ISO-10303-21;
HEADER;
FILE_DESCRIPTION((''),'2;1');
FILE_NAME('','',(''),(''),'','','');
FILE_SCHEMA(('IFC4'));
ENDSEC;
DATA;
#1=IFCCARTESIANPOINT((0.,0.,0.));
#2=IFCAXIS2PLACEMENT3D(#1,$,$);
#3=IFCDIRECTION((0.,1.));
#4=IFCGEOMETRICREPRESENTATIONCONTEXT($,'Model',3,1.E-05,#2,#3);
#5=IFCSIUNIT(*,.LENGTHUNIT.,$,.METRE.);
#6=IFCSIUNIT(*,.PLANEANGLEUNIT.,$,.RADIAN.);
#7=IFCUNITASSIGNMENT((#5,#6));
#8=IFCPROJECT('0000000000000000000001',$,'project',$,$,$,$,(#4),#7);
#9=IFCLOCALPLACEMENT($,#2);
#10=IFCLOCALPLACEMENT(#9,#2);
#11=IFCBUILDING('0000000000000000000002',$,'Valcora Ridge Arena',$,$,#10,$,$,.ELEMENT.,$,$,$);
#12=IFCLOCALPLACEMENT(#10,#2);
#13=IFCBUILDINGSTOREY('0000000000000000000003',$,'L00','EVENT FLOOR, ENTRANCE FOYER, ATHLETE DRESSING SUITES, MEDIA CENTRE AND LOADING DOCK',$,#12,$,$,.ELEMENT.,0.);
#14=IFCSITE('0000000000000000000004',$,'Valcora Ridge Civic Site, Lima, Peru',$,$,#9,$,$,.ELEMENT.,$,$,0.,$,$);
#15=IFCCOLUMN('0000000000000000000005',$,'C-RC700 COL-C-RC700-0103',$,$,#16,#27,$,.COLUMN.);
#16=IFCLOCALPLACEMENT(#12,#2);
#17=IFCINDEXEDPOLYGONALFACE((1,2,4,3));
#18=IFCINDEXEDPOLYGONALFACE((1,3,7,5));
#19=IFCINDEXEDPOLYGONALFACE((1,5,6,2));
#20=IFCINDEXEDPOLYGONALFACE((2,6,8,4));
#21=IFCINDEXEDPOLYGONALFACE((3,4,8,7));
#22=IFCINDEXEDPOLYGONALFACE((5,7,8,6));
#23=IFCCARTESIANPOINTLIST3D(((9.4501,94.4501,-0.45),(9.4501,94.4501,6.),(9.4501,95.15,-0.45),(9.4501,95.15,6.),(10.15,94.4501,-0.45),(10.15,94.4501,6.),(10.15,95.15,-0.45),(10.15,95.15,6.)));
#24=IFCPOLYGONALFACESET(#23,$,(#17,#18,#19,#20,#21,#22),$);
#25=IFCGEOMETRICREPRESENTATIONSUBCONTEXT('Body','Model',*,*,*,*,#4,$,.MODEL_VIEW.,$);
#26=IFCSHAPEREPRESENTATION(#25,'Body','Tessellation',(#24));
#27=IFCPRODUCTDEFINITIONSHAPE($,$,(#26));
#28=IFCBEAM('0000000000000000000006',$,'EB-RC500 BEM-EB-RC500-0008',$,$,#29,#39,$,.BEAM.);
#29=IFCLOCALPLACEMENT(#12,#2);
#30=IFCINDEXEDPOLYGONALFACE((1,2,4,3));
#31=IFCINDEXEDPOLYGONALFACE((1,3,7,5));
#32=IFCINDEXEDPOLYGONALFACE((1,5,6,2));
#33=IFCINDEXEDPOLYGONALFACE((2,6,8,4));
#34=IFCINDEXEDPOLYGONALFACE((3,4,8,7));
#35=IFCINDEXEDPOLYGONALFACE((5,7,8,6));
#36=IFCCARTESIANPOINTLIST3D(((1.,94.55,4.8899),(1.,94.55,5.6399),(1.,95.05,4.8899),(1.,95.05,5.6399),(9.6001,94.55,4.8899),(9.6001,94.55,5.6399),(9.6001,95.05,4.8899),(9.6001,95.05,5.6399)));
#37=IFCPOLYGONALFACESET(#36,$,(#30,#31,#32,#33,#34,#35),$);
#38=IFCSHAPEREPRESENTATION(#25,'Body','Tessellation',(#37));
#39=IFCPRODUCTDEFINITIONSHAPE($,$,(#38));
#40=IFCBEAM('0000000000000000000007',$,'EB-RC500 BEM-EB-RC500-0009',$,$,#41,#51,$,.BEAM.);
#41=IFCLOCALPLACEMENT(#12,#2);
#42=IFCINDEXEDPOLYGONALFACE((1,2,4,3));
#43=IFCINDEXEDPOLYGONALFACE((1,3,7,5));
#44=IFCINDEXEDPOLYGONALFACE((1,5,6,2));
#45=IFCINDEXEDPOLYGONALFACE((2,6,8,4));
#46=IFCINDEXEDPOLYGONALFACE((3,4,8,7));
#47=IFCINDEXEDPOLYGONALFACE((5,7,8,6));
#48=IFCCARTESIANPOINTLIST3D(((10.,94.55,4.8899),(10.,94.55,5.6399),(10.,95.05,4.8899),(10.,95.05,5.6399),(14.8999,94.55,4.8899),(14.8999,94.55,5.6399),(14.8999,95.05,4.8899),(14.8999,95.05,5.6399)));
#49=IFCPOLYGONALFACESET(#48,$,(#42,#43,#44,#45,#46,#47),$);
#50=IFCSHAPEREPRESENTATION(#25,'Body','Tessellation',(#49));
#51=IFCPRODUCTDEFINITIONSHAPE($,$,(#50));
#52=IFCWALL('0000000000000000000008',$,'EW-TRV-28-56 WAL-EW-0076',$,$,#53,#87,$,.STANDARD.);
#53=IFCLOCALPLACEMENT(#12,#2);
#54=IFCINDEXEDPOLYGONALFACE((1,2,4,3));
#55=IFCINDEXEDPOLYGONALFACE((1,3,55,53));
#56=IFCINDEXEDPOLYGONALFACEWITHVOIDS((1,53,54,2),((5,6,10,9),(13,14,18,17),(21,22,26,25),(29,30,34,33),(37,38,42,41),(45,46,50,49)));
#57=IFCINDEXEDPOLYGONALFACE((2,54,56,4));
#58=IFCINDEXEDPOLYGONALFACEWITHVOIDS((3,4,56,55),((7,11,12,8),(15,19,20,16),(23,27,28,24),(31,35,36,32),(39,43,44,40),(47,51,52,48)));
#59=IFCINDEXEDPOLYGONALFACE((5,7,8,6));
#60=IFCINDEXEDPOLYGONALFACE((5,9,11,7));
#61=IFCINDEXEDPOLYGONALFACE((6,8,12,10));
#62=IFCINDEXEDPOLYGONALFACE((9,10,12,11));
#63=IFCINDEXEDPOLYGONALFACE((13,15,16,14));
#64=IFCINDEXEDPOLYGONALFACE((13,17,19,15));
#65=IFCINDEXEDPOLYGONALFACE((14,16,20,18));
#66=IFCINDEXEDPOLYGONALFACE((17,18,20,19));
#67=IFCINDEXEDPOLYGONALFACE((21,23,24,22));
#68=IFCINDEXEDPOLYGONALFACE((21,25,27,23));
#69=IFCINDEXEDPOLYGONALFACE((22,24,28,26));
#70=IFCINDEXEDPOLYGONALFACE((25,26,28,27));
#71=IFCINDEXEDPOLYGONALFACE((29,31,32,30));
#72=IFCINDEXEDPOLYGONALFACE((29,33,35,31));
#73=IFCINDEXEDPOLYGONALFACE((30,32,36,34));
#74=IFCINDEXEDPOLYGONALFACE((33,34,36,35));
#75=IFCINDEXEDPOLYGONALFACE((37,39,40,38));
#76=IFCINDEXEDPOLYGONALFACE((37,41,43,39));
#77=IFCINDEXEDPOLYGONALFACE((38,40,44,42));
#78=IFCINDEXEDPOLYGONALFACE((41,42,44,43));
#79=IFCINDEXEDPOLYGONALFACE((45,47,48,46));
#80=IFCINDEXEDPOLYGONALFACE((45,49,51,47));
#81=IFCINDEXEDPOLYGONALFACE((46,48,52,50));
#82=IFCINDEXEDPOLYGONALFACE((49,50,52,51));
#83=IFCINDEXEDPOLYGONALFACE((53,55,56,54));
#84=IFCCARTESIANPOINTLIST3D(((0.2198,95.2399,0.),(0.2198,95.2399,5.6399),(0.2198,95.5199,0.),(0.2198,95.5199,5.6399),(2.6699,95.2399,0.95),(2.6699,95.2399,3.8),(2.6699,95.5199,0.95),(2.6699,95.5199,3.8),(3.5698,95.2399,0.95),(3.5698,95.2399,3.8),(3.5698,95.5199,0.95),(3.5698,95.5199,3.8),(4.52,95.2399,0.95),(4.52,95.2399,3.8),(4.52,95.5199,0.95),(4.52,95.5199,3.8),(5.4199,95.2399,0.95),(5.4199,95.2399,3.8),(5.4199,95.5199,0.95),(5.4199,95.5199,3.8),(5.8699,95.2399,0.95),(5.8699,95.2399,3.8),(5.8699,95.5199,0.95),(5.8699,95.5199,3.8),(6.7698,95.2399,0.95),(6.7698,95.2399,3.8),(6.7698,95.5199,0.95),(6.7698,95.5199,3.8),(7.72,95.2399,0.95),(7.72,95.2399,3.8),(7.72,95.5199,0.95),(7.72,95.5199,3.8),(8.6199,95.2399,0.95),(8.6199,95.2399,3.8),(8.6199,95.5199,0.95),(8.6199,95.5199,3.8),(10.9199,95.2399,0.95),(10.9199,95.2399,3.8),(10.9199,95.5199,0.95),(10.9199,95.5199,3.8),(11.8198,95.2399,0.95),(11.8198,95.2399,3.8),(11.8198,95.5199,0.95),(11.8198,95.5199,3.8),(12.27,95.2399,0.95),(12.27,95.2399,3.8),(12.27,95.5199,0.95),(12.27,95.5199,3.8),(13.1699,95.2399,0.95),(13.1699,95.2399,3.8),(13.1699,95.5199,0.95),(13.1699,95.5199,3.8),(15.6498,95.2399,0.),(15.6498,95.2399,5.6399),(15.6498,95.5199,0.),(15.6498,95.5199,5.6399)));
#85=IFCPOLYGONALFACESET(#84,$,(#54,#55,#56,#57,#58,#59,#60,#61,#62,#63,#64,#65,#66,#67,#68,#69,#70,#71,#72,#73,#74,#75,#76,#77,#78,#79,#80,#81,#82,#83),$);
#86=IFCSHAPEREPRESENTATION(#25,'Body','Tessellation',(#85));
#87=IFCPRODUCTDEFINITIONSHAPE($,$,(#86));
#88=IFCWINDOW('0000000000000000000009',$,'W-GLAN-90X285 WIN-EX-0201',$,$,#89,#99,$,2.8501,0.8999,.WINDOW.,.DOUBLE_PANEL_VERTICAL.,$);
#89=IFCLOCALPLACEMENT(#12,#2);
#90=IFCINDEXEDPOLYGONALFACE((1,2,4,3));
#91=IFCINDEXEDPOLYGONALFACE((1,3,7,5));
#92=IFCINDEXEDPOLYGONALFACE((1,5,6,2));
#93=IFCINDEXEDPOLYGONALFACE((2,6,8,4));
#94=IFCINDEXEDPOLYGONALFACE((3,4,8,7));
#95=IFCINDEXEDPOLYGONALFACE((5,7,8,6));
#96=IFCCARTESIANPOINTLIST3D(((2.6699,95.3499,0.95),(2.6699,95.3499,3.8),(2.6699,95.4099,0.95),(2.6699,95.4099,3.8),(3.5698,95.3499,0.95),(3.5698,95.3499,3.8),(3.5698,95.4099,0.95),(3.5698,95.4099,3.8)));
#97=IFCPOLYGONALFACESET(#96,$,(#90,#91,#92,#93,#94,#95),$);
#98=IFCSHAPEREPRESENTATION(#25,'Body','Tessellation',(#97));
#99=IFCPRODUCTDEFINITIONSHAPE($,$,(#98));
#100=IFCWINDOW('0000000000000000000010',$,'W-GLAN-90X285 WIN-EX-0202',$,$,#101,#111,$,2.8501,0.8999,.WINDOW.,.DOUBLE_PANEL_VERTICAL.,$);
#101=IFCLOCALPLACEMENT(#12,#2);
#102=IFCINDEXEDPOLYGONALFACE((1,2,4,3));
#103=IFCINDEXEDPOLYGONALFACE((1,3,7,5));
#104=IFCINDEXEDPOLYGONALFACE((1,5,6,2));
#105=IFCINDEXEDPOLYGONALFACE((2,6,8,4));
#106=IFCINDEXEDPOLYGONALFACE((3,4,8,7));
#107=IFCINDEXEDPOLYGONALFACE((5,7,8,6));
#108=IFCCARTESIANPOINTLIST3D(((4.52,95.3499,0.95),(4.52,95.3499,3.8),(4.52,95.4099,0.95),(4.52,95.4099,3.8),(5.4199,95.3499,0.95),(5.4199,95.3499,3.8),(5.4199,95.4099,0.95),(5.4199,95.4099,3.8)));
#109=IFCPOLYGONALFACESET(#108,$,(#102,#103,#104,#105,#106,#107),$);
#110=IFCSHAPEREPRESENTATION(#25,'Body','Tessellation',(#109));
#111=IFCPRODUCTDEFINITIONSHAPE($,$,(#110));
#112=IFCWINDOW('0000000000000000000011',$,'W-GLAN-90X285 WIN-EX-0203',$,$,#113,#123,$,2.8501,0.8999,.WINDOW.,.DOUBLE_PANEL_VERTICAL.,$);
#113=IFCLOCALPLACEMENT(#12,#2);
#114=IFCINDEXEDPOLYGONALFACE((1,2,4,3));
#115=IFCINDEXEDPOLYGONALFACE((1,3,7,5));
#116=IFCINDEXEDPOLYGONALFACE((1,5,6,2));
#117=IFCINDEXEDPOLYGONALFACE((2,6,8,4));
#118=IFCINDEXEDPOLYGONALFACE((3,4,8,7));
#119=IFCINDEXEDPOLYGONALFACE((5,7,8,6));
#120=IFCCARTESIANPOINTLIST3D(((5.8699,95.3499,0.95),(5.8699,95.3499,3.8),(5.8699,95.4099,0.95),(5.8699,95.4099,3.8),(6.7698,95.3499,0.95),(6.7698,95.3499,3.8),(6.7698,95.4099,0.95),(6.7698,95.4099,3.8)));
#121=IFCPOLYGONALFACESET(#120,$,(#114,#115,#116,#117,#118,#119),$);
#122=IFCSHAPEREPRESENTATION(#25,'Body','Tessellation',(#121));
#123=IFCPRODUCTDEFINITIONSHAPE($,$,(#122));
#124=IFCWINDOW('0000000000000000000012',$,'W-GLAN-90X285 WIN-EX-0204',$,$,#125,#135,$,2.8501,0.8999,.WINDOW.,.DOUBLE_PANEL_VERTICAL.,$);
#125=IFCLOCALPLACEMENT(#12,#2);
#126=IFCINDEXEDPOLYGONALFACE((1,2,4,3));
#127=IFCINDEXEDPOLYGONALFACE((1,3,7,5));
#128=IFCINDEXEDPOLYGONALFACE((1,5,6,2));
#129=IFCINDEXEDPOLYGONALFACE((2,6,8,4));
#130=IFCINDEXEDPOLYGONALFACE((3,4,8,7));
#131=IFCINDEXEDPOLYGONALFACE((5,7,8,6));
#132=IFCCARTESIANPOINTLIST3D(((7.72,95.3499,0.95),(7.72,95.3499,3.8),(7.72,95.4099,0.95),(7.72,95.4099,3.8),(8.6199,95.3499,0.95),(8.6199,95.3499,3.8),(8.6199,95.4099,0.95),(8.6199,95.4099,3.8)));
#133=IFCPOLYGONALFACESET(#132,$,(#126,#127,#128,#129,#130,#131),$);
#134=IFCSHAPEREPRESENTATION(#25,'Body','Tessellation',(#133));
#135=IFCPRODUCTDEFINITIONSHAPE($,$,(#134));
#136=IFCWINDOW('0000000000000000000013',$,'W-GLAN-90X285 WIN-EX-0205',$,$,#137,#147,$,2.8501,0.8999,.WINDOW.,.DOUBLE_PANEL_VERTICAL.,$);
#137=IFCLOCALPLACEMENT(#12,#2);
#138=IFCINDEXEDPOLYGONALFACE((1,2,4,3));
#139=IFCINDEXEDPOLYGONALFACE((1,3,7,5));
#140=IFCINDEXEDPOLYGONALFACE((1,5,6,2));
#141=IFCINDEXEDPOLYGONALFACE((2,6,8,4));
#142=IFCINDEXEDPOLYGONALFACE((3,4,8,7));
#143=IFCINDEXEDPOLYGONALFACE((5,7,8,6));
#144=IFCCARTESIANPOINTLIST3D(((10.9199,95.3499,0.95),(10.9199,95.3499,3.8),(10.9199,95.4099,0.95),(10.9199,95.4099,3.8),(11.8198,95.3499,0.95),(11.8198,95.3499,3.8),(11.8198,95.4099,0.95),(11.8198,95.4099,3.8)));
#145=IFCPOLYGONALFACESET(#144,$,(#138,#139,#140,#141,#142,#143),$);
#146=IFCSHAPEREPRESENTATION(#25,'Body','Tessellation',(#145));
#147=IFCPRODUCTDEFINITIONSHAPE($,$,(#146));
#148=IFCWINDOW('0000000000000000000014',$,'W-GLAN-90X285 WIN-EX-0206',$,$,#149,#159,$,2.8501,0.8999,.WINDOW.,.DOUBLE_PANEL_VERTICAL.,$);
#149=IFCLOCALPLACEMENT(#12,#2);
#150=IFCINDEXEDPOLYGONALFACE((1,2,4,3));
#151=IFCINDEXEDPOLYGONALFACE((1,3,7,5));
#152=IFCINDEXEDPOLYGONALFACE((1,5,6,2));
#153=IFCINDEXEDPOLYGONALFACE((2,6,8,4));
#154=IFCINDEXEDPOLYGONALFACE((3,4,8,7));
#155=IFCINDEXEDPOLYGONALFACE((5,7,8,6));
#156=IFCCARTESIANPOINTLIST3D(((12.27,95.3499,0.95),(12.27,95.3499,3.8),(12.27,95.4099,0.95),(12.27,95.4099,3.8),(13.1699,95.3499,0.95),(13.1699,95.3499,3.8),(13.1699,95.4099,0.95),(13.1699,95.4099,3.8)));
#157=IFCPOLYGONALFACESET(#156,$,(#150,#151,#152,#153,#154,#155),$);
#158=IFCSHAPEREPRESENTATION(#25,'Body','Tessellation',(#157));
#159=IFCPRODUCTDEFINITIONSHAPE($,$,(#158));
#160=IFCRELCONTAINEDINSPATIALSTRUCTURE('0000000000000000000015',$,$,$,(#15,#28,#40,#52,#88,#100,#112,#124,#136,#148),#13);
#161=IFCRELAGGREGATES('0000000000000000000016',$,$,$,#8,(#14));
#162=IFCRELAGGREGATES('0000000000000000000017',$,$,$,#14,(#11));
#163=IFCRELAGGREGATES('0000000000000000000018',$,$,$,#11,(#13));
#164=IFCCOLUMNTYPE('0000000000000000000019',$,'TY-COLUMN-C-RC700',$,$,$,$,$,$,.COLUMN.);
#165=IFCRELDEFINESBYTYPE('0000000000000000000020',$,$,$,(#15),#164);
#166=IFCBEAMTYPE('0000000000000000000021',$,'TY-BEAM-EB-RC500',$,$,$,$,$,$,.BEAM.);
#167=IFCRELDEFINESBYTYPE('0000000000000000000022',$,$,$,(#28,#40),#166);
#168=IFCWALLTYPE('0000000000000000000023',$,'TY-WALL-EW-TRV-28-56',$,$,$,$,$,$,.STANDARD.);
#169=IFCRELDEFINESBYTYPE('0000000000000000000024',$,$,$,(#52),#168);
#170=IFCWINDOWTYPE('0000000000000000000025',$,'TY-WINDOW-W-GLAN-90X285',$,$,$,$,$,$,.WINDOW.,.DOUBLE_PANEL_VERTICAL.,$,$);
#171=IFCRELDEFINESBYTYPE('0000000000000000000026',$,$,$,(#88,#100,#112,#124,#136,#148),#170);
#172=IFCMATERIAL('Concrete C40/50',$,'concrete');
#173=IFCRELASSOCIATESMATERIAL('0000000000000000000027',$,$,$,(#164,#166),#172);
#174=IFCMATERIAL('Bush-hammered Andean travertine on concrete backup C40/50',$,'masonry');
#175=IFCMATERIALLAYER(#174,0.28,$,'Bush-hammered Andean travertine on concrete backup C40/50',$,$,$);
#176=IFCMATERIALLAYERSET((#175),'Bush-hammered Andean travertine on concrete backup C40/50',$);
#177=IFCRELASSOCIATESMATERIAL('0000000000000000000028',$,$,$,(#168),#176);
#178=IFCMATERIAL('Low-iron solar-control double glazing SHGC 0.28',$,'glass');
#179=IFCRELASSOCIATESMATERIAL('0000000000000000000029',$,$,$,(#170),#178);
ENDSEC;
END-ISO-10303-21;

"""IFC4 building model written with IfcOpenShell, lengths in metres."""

from ifc_helpers import new_model, si_unit, direction, frame, frame_2d, origin, origin_2d, place, context, subcontext, project, spatial, rectangle, extrude, material, layer, layer_set, material_profile, profile_set, type_object, element, fill, save


model = new_model("IFC4")

# Units and contexts
model_context = context("Model", 3, precision=1e-05, world=origin(), true_north=direction((0.0, 1.0)))
body_context = subcontext(model_context, "Body", "Model", "MODEL_VIEW")
ifc_project = project(units=[si_unit("LENGTHUNIT", "METRE"), si_unit("PLANEANGLEUNIT", "RADIAN")], contexts=[model_context])

# Site, building, storey
site_placement = place(None, origin())
site = spatial("IfcSite", under=ifc_project, at=site_placement, Name="Valcora Ridge Civic Site, Lima, Peru", CompositionType="ELEMENT", RefElevation=0.0)
building_placement = place(site_placement, origin())
building = spatial("IfcBuilding", under=site, at=building_placement, Name="Valcora Ridge Arena", CompositionType="ELEMENT")
storey_placement = place(building_placement, origin())
storey = spatial("IfcBuildingStorey", under=building, at=storey_placement, Name="L00", Description="EVENT FLOOR, ENTRANCE FOYER, ATHLETE DRESSING SUITES, MEDIA CENTRE AND LOADING DOCK", CompositionType="ELEMENT", Elevation=0.0)

# Shared definitions
ifc_material_1 = material(Name="Concrete C40/50", Category="concrete")

# Column
ifc_material_profile_1 = material_profile(ifc_material_1, rectangle(XDim=0.7, YDim=0.7, at=origin_2d()), Name="RC 700x700")
ifc_profile_set_1 = profile_set([ifc_material_profile_1], Name="Concrete C40/50")
column_type_1 = type_object("IfcColumnType", Name="TY-COLUMN-C-RC700", PredefinedType="COLUMN", material=ifc_profile_set_1)
for number, where, z_axis, x_axis, name in (
    (1, (9.8, 94.8, -0.45), (0.0, 0.0, 1.0), (1.0, 0.0, 0.0), "C-RC700 COL-C-RC700-0103"),
):
    element("IfcColumn", number, at=place(storey_placement, frame(where, z_axis=z_axis, x_axis=x_axis)), inside=storey, type_object=column_type_1, Name=name, PredefinedType="COLUMN", context=body_context, shape_type="SweptSolid", body=[
        extrude(rectangle(XDim=0.7, YDim=0.7, at=origin_2d()), origin(), (0.0, 0.0, 1.0), 6.45),
    ])

# Beams
ifc_material_profile_2 = material_profile(ifc_material_1, rectangle(XDim=0.5, YDim=0.75, at=origin_2d()), Name="RC 500x750")
ifc_profile_set_2 = profile_set([ifc_material_profile_2], Name="Concrete C40/50")
beam_type = type_object("IfcBeamType", Name="TY-BEAM-EB-RC500", PredefinedType="BEAM", material=ifc_profile_set_2)
beam_1_placement = place(storey_placement, frame((1.0, 94.8, 5.2649), z_axis=(1.0, 0.0, 0.0), x_axis=(0.0, 1.0, 0.0)))
element("IfcBeam", 2, at=beam_1_placement, inside=storey, type_object=beam_type, Name="EB-RC500 BEM-EB-RC500-0008", PredefinedType="BEAM", context=body_context, shape_type="SweptSolid", body=[
    extrude(rectangle(XDim=0.5, YDim=0.75, at=origin_2d()), origin(), (0.0, 0.0, 1.0), 8.6001),
])
beam_2_placement = place(storey_placement, frame((10.0, 94.8, 5.2649), z_axis=(1.0, 0.0, 0.0), x_axis=(0.0, 1.0, 0.0)))
element("IfcBeam", 3, at=beam_2_placement, inside=storey, type_object=beam_type, Name="EB-RC500 BEM-EB-RC500-0009", PredefinedType="BEAM", context=body_context, shape_type="SweptSolid", body=[
    extrude(rectangle(XDim=0.5, YDim=0.75, at=origin_2d()), origin(), (0.0, 0.0, 1.0), 4.8999),
])

# Wall, openings, windows
ifc_material_2 = material(Name="Bush-hammered Andean travertine on concrete backup C40/50", Category="masonry")
ifc_layer_1 = layer(ifc_material_2, 0.28, Name="Bush-hammered Andean travertine on concrete backup C40/50")
ifc_layer_set_1 = layer_set([ifc_layer_1], Name="Bush-hammered Andean travertine on concrete backup C40/50")
wall_type_1 = type_object("IfcWallType", Name="TY-WALL-EW-TRV-28-56", PredefinedType="STANDARD", material=ifc_layer_set_1)
wall_1_placement = place(storey_placement, frame((0.22, 95.3799, 0.0), z_axis=(0.0, 0.0, 1.0), x_axis=(1.0, 0.0, 0.0)))
wall_1 = element("IfcWall", 4, at=wall_1_placement, inside=storey, type_object=wall_type_1, Name="EW-TRV-28-56 WAL-EW-0076", PredefinedType="STANDARD", context=body_context, shape_type="SweptSolid", body=[
    extrude(rectangle(XDim=15.4299, YDim=0.28, at=frame_2d((7.7148, 0.0))), origin(), (0.0, 0.0, 1.0), 5.6399),
])
opening_1_placement = place(wall_1_placement, frame((2.45, 0.0, 0.95)))
opening_1 = element("IfcOpeningElement", 5, at=opening_1_placement, cuts=wall_1, PredefinedType="OPENING", context=body_context, shape_type="SweptSolid", body=[
    extrude(rectangle(XDim=0.8999, YDim=2.8501, at=frame_2d((0.45, 1.425))), frame((0.0, 0.1499, 0.0), z_axis=(0.0, -1.0, 0.0), x_axis=(1.0, 0.0, 0.0)), (0.0, 0.0, 1.0), 0.3),
])
opening_2_placement = place(wall_1_placement, frame((4.3, 0.0, 0.95)))
opening_2 = element("IfcOpeningElement", 6, at=opening_2_placement, cuts=wall_1, PredefinedType="OPENING", context=body_context, shape_type="SweptSolid", body=[
    extrude(rectangle(XDim=0.8999, YDim=2.8501, at=frame_2d((0.45, 1.425))), frame((0.0, 0.1499, 0.0), z_axis=(0.0, -1.0, 0.0), x_axis=(1.0, 0.0, 0.0)), (0.0, 0.0, 1.0), 0.3),
])
opening_3_placement = place(wall_1_placement, frame((5.6499, 0.0, 0.95)))
opening_3 = element("IfcOpeningElement", 7, at=opening_3_placement, cuts=wall_1, PredefinedType="OPENING", context=body_context, shape_type="SweptSolid", body=[
    extrude(rectangle(XDim=0.8999, YDim=2.8501, at=frame_2d((0.45, 1.425))), frame((0.0, 0.1499, 0.0), z_axis=(0.0, -1.0, 0.0), x_axis=(1.0, 0.0, 0.0)), (0.0, 0.0, 1.0), 0.3),
])
opening_4_placement = place(wall_1_placement, frame((7.5, 0.0, 0.95)))
opening_4 = element("IfcOpeningElement", 8, at=opening_4_placement, cuts=wall_1, PredefinedType="OPENING", context=body_context, shape_type="SweptSolid", body=[
    extrude(rectangle(XDim=0.8999, YDim=2.8501, at=frame_2d((0.45, 1.425))), frame((0.0, 0.1499, 0.0), z_axis=(0.0, -1.0, 0.0), x_axis=(1.0, 0.0, 0.0)), (0.0, 0.0, 1.0), 0.3),
])
opening_5_placement = place(wall_1_placement, frame((10.7, 0.0, 0.95)))
opening_5 = element("IfcOpeningElement", 9, at=opening_5_placement, cuts=wall_1, PredefinedType="OPENING", context=body_context, shape_type="SweptSolid", body=[
    extrude(rectangle(XDim=0.8999, YDim=2.8501, at=frame_2d((0.45, 1.425))), frame((0.0, 0.1499, 0.0), z_axis=(0.0, -1.0, 0.0), x_axis=(1.0, 0.0, 0.0)), (0.0, 0.0, 1.0), 0.3),
])
opening_6_placement = place(wall_1_placement, frame((12.05, 0.0, 0.95)))
opening_6 = element("IfcOpeningElement", 10, at=opening_6_placement, cuts=wall_1, PredefinedType="OPENING", context=body_context, shape_type="SweptSolid", body=[
    extrude(rectangle(XDim=0.8999, YDim=2.8501, at=frame_2d((0.45, 1.425))), frame((0.0, 0.1499, 0.0), z_axis=(0.0, -1.0, 0.0), x_axis=(1.0, 0.0, 0.0)), (0.0, 0.0, 1.0), 0.3),
])
ifc_material_3 = material(Name="Low-iron solar-control double glazing SHGC 0.28", Category="glass")
window_type = type_object("IfcWindowType", Name="TY-WINDOW-W-GLAN-90X285", PartitioningType="DOUBLE_PANEL_VERTICAL", PredefinedType="WINDOW", material=ifc_material_3)
window_1_placement = place(opening_1_placement, origin())
window_1 = element("IfcWindow", 11, at=window_1_placement, inside=storey, type_object=window_type, Name="W-GLAN-90X285 WIN-EX-0201", OverallHeight=2.8501, OverallWidth=0.8999, PartitioningType="DOUBLE_PANEL_VERTICAL", PredefinedType="WINDOW", context=body_context, shape_type="SweptSolid", body=[
    extrude(rectangle(XDim=0.8999, YDim=2.8501, at=frame_2d((0.45, 1.425))), frame((0.0, 0.03, 0.0), z_axis=(0.0, -1.0, 0.0), x_axis=(1.0, 0.0, 0.0)), (0.0, 0.0, 1.0), 0.0601),
])
fill(opening_1, window_1)
window_2_placement = place(opening_2_placement, origin())
window_2 = element("IfcWindow", 12, at=window_2_placement, inside=storey, type_object=window_type, Name="W-GLAN-90X285 WIN-EX-0202", OverallHeight=2.8501, OverallWidth=0.8999, PartitioningType="DOUBLE_PANEL_VERTICAL", PredefinedType="WINDOW", context=body_context, shape_type="SweptSolid", body=[
    extrude(rectangle(XDim=0.8999, YDim=2.8501, at=frame_2d((0.45, 1.425))), frame((0.0, 0.03, 0.0), z_axis=(0.0, -1.0, 0.0), x_axis=(1.0, 0.0, 0.0)), (0.0, 0.0, 1.0), 0.0601),
])
fill(opening_2, window_2)
window_3_placement = place(opening_3_placement, origin())
window_3 = element("IfcWindow", 13, at=window_3_placement, inside=storey, type_object=window_type, Name="W-GLAN-90X285 WIN-EX-0203", OverallHeight=2.8501, OverallWidth=0.8999, PartitioningType="DOUBLE_PANEL_VERTICAL", PredefinedType="WINDOW", context=body_context, shape_type="SweptSolid", body=[
    extrude(rectangle(XDim=0.8999, YDim=2.8501, at=frame_2d((0.45, 1.425))), frame((0.0, 0.03, 0.0), z_axis=(0.0, -1.0, 0.0), x_axis=(1.0, 0.0, 0.0)), (0.0, 0.0, 1.0), 0.0601),
])
fill(opening_3, window_3)
window_4_placement = place(opening_4_placement, origin())
window_4 = element("IfcWindow", 14, at=window_4_placement, inside=storey, type_object=window_type, Name="W-GLAN-90X285 WIN-EX-0204", OverallHeight=2.8501, OverallWidth=0.8999, PartitioningType="DOUBLE_PANEL_VERTICAL", PredefinedType="WINDOW", context=body_context, shape_type="SweptSolid", body=[
    extrude(rectangle(XDim=0.8999, YDim=2.8501, at=frame_2d((0.45, 1.425))), frame((0.0, 0.03, 0.0), z_axis=(0.0, -1.0, 0.0), x_axis=(1.0, 0.0, 0.0)), (0.0, 0.0, 1.0), 0.0601),
])
fill(opening_4, window_4)
window_5_placement = place(opening_5_placement, origin())
window_5 = element("IfcWindow", 15, at=window_5_placement, inside=storey, type_object=window_type, Name="W-GLAN-90X285 WIN-EX-0205", OverallHeight=2.8501, OverallWidth=0.8999, PartitioningType="DOUBLE_PANEL_VERTICAL", PredefinedType="WINDOW", context=body_context, shape_type="SweptSolid", body=[
    extrude(rectangle(XDim=0.8999, YDim=2.8501, at=frame_2d((0.45, 1.425))), frame((0.0, 0.03, 0.0), z_axis=(0.0, -1.0, 0.0), x_axis=(1.0, 0.0, 0.0)), (0.0, 0.0, 1.0), 0.0601),
])
fill(opening_5, window_5)
window_6_placement = place(opening_6_placement, origin())
window_6 = element("IfcWindow", 16, at=window_6_placement, inside=storey, type_object=window_type, Name="W-GLAN-90X285 WIN-EX-0206", OverallHeight=2.8501, OverallWidth=0.8999, PartitioningType="DOUBLE_PANEL_VERTICAL", PredefinedType="WINDOW", context=body_context, shape_type="SweptSolid", body=[
    extrude(rectangle(XDim=0.8999, YDim=2.8501, at=frame_2d((0.45, 1.425))), frame((0.0, 0.03, 0.0), z_axis=(0.0, -1.0, 0.0), x_axis=(1.0, 0.0, 0.0)), (0.0, 0.0, 1.0), 0.0601),
])
fill(opening_6, window_6)

save(model, "model.ifc")
